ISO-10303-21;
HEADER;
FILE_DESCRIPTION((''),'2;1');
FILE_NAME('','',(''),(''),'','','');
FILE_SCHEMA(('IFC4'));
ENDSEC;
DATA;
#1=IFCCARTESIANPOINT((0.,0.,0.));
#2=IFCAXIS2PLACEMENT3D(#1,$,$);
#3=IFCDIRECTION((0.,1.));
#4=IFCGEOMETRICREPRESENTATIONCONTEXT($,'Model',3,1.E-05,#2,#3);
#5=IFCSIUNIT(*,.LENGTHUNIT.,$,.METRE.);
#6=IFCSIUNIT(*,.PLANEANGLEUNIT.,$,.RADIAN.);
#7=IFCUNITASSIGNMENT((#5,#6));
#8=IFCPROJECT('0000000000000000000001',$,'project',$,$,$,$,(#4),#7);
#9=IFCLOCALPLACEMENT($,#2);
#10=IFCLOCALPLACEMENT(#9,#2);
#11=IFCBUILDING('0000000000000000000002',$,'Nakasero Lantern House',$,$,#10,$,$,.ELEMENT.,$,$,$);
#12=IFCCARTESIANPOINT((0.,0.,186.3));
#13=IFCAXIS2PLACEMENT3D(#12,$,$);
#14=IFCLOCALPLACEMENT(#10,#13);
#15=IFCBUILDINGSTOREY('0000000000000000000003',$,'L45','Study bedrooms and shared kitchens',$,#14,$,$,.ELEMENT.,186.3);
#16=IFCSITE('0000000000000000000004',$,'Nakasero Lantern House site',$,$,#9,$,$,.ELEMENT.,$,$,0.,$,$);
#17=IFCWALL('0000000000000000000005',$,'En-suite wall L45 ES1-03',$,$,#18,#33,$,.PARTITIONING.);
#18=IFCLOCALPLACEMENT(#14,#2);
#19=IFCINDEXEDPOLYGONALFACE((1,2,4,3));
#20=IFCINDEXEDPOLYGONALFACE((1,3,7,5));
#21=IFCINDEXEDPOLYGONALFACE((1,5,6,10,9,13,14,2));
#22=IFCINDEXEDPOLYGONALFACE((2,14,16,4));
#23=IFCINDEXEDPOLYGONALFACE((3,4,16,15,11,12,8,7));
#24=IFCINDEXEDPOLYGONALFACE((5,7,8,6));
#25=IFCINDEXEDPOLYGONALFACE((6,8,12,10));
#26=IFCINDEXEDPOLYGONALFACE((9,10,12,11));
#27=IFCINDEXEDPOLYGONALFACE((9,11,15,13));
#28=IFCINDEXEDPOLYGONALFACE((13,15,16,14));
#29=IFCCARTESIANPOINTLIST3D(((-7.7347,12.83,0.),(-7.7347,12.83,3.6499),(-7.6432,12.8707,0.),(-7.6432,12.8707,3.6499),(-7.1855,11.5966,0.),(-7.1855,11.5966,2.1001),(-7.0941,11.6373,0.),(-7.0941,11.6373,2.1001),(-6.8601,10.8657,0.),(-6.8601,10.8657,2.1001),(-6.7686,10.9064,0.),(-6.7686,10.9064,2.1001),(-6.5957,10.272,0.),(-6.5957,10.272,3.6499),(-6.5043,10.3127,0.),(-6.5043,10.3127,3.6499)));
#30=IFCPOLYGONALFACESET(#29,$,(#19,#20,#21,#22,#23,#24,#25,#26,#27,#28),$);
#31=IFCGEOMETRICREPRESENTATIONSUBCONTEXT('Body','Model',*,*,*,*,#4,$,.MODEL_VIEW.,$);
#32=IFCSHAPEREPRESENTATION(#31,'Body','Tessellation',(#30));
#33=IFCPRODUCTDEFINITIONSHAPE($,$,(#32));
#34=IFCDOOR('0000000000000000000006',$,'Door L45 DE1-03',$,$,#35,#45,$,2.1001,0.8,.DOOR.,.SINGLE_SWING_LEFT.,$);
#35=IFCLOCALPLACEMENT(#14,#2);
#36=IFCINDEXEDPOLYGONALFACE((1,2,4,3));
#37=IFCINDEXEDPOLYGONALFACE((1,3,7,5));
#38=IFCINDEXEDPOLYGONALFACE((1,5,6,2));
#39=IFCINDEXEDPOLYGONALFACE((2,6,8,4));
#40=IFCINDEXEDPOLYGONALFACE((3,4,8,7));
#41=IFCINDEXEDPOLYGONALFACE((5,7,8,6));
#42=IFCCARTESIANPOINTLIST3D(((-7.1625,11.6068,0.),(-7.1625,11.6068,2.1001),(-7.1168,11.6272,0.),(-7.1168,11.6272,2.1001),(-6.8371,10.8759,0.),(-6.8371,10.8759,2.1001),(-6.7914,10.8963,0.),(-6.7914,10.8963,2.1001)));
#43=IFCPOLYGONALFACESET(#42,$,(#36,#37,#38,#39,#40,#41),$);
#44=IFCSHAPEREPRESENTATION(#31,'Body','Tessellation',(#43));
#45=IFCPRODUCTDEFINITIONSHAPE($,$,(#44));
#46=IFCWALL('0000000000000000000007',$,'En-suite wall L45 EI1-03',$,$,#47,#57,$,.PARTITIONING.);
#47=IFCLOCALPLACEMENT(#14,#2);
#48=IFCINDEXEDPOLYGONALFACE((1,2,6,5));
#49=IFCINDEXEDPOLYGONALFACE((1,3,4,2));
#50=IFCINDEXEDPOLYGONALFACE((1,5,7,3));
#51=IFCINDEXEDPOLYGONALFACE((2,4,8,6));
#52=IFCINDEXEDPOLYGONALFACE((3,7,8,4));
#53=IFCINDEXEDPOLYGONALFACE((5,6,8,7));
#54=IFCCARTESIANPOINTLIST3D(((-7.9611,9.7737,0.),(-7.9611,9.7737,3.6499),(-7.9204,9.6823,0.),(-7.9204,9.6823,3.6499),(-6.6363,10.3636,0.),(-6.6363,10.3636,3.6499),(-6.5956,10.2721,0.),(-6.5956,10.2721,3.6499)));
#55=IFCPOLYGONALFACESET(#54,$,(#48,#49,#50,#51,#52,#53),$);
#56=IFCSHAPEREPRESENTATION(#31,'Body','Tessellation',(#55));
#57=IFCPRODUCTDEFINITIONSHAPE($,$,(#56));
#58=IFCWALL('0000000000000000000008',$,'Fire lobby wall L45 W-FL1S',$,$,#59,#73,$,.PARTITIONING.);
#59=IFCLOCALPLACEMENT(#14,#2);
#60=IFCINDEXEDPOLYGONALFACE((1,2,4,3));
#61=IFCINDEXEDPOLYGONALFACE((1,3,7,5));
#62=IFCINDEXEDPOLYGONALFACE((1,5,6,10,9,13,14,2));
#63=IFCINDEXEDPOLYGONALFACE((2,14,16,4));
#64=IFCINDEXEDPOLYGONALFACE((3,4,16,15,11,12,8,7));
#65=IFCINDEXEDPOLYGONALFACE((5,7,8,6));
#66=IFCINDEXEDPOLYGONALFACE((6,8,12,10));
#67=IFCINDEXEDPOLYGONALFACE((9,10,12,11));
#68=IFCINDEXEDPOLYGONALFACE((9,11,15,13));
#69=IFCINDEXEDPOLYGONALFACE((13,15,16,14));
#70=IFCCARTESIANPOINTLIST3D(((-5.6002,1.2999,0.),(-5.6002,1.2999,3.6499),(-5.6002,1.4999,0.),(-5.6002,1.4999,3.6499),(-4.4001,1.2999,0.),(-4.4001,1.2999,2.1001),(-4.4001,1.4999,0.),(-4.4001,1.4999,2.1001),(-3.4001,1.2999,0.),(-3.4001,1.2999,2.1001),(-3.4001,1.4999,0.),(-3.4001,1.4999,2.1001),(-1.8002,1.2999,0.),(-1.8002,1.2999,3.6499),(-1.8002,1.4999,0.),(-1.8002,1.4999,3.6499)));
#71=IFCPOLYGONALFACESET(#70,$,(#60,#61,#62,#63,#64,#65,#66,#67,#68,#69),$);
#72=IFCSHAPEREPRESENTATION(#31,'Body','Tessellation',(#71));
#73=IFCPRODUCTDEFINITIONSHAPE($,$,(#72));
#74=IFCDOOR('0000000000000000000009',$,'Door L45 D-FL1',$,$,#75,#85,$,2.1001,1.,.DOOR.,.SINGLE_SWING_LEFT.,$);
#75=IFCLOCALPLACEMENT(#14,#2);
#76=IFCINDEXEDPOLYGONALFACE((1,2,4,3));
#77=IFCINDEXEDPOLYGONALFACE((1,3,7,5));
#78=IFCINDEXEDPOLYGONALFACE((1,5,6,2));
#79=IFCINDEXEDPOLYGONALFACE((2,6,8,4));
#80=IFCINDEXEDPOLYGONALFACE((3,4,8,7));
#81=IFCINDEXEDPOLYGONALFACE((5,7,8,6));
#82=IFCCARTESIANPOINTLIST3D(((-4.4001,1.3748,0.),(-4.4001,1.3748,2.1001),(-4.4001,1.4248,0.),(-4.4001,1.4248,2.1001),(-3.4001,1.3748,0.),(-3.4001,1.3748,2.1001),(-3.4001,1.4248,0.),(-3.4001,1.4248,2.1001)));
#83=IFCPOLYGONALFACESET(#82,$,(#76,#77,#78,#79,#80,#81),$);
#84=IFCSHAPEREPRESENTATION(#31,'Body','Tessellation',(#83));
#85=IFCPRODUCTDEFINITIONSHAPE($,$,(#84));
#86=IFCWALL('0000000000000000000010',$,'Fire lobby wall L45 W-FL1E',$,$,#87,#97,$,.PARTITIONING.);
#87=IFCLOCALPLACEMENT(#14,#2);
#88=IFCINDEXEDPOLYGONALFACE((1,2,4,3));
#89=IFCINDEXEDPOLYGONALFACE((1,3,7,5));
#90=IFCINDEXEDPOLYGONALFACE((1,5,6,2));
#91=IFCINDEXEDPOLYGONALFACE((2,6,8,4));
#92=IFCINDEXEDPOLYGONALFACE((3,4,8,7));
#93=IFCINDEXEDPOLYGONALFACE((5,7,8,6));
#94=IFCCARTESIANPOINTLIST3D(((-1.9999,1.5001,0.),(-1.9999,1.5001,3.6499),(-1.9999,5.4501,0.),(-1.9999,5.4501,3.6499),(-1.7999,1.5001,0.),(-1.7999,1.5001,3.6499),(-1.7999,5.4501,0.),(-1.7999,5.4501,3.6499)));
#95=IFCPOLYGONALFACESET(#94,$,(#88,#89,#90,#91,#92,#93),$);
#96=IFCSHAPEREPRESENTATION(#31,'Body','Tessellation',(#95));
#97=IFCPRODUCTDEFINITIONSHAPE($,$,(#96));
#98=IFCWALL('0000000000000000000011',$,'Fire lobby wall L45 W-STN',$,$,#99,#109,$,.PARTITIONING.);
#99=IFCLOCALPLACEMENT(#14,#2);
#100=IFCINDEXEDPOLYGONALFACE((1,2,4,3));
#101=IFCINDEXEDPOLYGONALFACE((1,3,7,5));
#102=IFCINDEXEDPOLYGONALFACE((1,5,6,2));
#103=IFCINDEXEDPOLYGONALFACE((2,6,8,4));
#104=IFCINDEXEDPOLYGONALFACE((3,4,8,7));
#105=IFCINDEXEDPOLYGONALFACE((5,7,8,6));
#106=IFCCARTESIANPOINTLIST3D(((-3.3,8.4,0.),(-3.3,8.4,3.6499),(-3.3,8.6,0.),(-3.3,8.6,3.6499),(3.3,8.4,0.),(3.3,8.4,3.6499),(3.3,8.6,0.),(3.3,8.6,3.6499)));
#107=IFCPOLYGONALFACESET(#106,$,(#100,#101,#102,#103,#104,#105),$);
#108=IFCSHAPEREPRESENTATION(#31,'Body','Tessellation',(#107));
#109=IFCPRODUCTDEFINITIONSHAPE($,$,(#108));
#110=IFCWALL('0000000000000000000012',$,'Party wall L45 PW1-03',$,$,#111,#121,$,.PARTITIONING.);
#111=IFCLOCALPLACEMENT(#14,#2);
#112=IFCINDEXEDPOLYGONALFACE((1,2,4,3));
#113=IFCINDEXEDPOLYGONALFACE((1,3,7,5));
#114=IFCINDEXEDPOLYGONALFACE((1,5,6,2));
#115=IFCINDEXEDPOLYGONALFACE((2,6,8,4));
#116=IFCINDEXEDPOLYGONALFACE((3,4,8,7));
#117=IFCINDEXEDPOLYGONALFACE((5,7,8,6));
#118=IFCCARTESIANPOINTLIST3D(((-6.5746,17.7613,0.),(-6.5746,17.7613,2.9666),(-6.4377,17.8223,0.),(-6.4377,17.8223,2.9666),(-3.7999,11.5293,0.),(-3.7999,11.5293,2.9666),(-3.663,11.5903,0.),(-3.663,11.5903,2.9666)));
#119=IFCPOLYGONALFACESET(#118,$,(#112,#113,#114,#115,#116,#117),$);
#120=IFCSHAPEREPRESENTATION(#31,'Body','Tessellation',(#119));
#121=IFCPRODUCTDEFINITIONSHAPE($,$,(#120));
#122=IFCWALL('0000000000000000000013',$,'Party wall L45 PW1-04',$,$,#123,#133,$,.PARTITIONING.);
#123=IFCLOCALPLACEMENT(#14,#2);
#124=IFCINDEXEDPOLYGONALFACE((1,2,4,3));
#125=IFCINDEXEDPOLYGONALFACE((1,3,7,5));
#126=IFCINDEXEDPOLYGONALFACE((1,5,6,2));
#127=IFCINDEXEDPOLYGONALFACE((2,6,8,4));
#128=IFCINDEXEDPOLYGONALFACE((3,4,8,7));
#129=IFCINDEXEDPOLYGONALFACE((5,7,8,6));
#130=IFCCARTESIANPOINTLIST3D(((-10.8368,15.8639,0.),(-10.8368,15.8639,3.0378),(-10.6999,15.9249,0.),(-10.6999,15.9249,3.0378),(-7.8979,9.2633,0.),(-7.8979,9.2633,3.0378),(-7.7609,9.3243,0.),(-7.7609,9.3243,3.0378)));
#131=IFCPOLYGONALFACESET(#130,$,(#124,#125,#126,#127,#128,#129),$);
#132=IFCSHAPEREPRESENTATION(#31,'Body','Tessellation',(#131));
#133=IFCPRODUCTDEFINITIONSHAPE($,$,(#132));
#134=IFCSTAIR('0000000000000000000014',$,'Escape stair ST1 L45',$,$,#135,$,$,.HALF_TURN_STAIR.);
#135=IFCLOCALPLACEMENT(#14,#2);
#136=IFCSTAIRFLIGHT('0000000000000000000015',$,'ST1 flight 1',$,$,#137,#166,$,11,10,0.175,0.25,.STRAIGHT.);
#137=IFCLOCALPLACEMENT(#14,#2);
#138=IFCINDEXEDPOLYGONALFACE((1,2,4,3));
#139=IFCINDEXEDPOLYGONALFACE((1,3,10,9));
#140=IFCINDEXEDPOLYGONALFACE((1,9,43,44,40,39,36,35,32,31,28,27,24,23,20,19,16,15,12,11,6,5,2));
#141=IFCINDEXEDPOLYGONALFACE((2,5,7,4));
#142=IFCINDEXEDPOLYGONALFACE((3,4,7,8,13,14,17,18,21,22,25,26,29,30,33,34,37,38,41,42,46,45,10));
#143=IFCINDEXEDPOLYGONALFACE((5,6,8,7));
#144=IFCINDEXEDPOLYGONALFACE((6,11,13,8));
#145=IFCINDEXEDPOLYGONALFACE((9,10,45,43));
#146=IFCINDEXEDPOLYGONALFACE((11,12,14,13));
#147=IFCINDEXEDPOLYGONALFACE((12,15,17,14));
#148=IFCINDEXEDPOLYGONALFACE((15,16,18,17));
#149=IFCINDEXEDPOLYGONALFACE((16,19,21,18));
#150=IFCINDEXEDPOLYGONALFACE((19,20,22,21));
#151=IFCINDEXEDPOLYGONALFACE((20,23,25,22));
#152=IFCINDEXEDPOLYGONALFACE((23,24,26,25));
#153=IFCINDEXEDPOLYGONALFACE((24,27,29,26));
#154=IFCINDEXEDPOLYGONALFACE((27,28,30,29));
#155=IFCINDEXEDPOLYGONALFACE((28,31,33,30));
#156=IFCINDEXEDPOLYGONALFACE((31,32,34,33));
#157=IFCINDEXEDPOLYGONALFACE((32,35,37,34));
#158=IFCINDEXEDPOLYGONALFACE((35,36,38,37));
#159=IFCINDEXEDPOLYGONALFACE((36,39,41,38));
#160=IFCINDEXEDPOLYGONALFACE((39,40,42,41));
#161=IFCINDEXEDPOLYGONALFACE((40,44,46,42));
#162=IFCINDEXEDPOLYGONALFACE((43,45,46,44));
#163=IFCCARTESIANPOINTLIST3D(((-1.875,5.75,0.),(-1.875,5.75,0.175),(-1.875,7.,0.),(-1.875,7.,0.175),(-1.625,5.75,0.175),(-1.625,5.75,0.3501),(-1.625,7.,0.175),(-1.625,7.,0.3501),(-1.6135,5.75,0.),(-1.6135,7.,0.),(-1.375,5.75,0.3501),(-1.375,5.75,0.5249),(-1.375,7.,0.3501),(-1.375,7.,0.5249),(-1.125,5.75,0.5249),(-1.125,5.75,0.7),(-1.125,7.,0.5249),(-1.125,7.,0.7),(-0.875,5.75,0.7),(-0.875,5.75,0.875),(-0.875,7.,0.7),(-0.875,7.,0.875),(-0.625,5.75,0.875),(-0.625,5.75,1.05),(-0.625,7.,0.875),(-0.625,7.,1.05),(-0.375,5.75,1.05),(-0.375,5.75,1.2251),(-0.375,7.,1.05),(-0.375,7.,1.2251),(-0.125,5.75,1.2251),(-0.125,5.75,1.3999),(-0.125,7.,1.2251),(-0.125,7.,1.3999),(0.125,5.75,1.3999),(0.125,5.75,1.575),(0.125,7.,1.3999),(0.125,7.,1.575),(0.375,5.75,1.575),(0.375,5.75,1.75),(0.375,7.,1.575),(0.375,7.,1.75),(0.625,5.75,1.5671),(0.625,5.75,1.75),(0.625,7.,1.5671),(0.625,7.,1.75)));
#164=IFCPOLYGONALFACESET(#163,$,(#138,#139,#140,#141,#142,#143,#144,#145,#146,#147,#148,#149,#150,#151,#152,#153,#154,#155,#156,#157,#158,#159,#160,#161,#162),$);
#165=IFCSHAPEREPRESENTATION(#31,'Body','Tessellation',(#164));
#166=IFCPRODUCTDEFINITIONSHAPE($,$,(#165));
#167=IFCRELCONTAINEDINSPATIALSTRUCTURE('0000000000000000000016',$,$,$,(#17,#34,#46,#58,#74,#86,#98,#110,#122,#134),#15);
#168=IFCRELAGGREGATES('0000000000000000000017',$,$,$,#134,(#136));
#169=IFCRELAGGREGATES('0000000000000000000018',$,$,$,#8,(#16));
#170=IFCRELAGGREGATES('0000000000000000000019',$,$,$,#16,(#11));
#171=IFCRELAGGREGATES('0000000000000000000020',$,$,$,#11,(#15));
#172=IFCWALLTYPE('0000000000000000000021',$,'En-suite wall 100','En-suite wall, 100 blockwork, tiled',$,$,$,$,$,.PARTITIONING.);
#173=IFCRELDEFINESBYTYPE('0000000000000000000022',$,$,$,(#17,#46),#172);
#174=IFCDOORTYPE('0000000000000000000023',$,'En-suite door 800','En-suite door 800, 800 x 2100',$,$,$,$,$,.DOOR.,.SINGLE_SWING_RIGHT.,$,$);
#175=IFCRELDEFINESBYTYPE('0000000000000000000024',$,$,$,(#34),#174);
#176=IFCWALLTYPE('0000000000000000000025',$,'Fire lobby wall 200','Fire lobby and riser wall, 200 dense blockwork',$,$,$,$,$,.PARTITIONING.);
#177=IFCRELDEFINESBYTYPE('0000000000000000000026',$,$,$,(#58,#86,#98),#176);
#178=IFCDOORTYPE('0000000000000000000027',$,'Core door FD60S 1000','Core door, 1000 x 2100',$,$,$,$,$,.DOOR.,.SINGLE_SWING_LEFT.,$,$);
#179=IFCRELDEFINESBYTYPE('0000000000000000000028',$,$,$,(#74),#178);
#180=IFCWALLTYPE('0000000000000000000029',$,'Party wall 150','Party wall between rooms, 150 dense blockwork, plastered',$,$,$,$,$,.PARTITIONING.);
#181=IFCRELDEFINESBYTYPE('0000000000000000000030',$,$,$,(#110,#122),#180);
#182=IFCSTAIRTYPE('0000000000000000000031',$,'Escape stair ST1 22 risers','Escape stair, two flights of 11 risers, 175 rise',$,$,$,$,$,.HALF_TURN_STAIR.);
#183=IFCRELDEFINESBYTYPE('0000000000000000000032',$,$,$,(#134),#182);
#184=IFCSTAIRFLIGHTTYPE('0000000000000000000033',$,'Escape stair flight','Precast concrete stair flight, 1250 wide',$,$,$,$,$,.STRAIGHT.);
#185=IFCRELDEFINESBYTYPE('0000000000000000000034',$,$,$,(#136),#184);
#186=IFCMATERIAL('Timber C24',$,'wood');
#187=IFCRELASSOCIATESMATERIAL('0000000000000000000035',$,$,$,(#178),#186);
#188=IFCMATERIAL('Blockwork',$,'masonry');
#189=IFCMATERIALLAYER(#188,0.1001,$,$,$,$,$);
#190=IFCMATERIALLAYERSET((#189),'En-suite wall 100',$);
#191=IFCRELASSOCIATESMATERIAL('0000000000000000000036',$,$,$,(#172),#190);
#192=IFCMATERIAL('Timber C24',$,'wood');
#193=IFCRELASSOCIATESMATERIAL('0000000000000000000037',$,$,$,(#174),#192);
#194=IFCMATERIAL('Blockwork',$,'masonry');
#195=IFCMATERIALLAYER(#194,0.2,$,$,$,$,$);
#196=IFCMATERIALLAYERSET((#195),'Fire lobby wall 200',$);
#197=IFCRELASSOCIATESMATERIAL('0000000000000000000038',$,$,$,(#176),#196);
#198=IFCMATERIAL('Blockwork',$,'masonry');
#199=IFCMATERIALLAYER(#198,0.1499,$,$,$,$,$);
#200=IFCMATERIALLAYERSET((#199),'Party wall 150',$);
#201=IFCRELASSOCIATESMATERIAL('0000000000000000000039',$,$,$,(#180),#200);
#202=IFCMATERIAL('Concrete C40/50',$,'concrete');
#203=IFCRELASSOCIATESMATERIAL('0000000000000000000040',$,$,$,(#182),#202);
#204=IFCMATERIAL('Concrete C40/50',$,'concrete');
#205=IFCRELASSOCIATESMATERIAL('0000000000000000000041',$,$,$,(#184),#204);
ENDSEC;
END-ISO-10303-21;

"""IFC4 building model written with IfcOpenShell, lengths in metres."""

from ifc_helpers import new_model, si_unit, direction, frame, frame_2d, origin, place, context, subcontext, project, spatial, polyline, rectangle, outline, extrude, material, layer, layer_set, type_object, element, fill, aggregate, save


model = new_model("IFC4")

# Units and contexts
model_context = context("Model", 3, precision=1e-05, world=origin(), true_north=direction((0.0, 1.0)))
body_context = subcontext(model_context, "Body", "Model", "MODEL_VIEW")
ifc_project = project(units=[si_unit("LENGTHUNIT", "METRE"), si_unit("PLANEANGLEUNIT", "RADIAN")], contexts=[model_context])

# Site, building, storey
site_placement = place(None, origin())
site = spatial("IfcSite", under=ifc_project, at=site_placement, Name="Nakasero Lantern House site", CompositionType="ELEMENT", RefElevation=0.0)
building_placement = place(site_placement, origin())
building = spatial("IfcBuilding", under=site, at=building_placement, Name="Nakasero Lantern House", CompositionType="ELEMENT")
storey_placement = place(building_placement, frame((0.0, 0.0, 186.3)))
storey = spatial("IfcBuildingStorey", under=building, at=storey_placement, Name="L45", Description="Study bedrooms and shared kitchens", CompositionType="ELEMENT", Elevation=186.3)

# Shared definitions
ifc_material_1 = material(Name="Timber C24", Category="wood")
door_type_1 = type_object("IfcDoorType", Name="Core door FD60S 1000", Description="Core door, 1000 x 2100", OperationType="SINGLE_SWING_LEFT", PredefinedType="DOOR", material=ifc_material_1)

# Wall, opening, door
ifc_material_2 = material(Name="Blockwork", Category="masonry")
ifc_layer_1 = layer(ifc_material_2, 0.1001)
ifc_layer_set_1 = layer_set([ifc_layer_1], Name="En-suite wall 100")
wall_type_1 = type_object("IfcWallType", Name="En-suite wall 100", Description="En-suite wall, 100 blockwork, tiled", PredefinedType="PARTITIONING", material=ifc_layer_set_1)
wall_1_placement = place(storey_placement, frame((-6.55, 10.2925, 0.0), z_axis=(0.0, 0.0, 1.0), x_axis=(-0.406761, 0.913534, 0.0)))
wall_1 = element("IfcWall", 1, at=wall_1_placement, inside=storey, type_object=wall_type_1, Name="En-suite wall L45 ES1-03", PredefinedType="PARTITIONING", context=body_context, shape_type="SweptSolid", body=[
    extrude(rectangle(XDim=2.8, YDim=0.1001, at=frame_2d((1.3999, 0.0))), origin(), (0.0, 0.0, 1.0), 3.6499),
])
opening_1_placement = place(wall_1_placement, frame((0.6499, 0.0, 0.0)))
opening_1 = element("IfcOpeningElement", 2, at=opening_1_placement, cuts=wall_1, PredefinedType="OPENING", context=body_context, shape_type="SweptSolid", body=[
    extrude(rectangle(XDim=0.8, YDim=2.1001, at=frame_2d((0.3999, 1.05))), frame((0.0, 0.0701, 0.0), z_axis=(0.0, -1.0, 0.0), x_axis=(1.0, 0.0, 0.0)), (0.0, 0.0, 1.0), 0.1401),
])
ifc_material_3 = material(Name="Timber C24", Category="wood")
door_type_2 = type_object("IfcDoorType", Name="En-suite door 800", Description="En-suite door 800, 800 x 2100", OperationType="SINGLE_SWING_RIGHT", PredefinedType="DOOR", material=ifc_material_3)
door_1_placement = place(opening_1_placement, origin())
door_1 = element("IfcDoor", 3, at=door_1_placement, inside=storey, type_object=door_type_2, Name="Door L45 DE1-03", OperationType="SINGLE_SWING_LEFT", OverallHeight=2.1001, OverallWidth=0.8, PredefinedType="DOOR", context=body_context, shape_type="SweptSolid", body=[
    extrude(rectangle(XDim=0.8, YDim=2.1001, at=frame_2d((0.3999, 1.05))), frame((0.0, 0.0249, 0.0), z_axis=(0.0, -1.0, 0.0), x_axis=(1.0, 0.0, 0.0)), (0.0, 0.0, 1.0), 0.05),
])
fill(opening_1, door_1)

# Wall
wall_2_placement = place(storey_placement, frame((-6.616, 10.3179, 0.0), z_axis=(0.0, 0.0, 1.0), x_axis=(-0.913534, -0.406763, 0.0)))
element("IfcWall", 4, at=wall_2_placement, inside=storey, type_object=wall_type_1, Name="En-suite wall L45 EI1-03", PredefinedType="PARTITIONING", context=body_context, shape_type="SweptSolid", body=[
    extrude(rectangle(XDim=1.4502, YDim=0.1001, at=frame_2d((0.7251, 0.0))), origin(), (0.0, 0.0, 1.0), 3.6499),
])

# Wall, opening, door
ifc_material_4 = material(Name="Blockwork", Category="masonry")
ifc_layer_2 = layer(ifc_material_4, 0.2)
ifc_layer_set_2 = layer_set([ifc_layer_2], Name="Fire lobby wall 200")
wall_type_2 = type_object("IfcWallType", Name="Fire lobby wall 200", Description="Fire lobby and riser wall, 200 dense blockwork", PredefinedType="PARTITIONING", material=ifc_layer_set_2)
wall_3_placement = place(storey_placement, frame((-5.6001, 1.3999, 0.0), z_axis=(0.0, 0.0, 1.0), x_axis=(1.0, 0.0, 0.0)))
wall_3 = element("IfcWall", 5, at=wall_3_placement, inside=storey, type_object=wall_type_2, Name="Fire lobby wall L45 W-FL1S", PredefinedType="PARTITIONING", context=body_context, shape_type="SweptSolid", body=[
    extrude(rectangle(XDim=3.8, YDim=0.2, at=frame_2d((1.8999, 0.0))), origin(), (0.0, 0.0, 1.0), 3.6499),
])
opening_2_placement = place(wall_3_placement, frame((1.2, 0.0, 0.0)))
opening_2 = element("IfcOpeningElement", 6, at=opening_2_placement, cuts=wall_3, PredefinedType="OPENING", context=body_context, shape_type="SweptSolid", body=[
    extrude(rectangle(XDim=1.0, YDim=2.1001, at=frame_2d((0.5, 1.05))), frame((0.0, 0.1199, 0.0), z_axis=(0.0, -1.0, 0.0), x_axis=(1.0, 0.0, 0.0)), (0.0, 0.0, 1.0), 0.24),
])
door_2_placement = place(opening_2_placement, origin())
door_2 = element("IfcDoor", 7, at=door_2_placement, inside=storey, type_object=door_type_1, Name="Door L45 D-FL1", OperationType="SINGLE_SWING_LEFT", OverallHeight=2.1001, OverallWidth=1.0, PredefinedType="DOOR", context=body_context, shape_type="SweptSolid", body=[
    extrude(rectangle(XDim=1.0, YDim=2.1001, at=frame_2d((0.5, 1.05))), frame((0.0, 0.0249, 0.0), z_axis=(0.0, -1.0, 0.0), x_axis=(1.0, 0.0, 0.0)), (0.0, 0.0, 1.0), 0.05),
])
fill(opening_2, door_2)

# Walls
wall_4_placement = place(storey_placement, frame((-1.8999, 1.5, 0.0), z_axis=(0.0, 0.0, 1.0), x_axis=(0.0, 1.0, 0.0)))
element("IfcWall", 8, at=wall_4_placement, inside=storey, type_object=wall_type_2, Name="Fire lobby wall L45 W-FL1E", PredefinedType="PARTITIONING", context=body_context, shape_type="SweptSolid", body=[
    extrude(rectangle(XDim=3.95, YDim=0.2, at=frame_2d((1.9751, 0.0))), origin(), (0.0, 0.0, 1.0), 3.6499),
])
wall_5_placement = place(storey_placement, frame((-3.3, 8.5, 0.0), z_axis=(0.0, 0.0, 1.0), x_axis=(1.0, 0.0, 0.0)))
element("IfcWall", 9, at=wall_5_placement, inside=storey, type_object=wall_type_2, Name="Fire lobby wall L45 W-STN", PredefinedType="PARTITIONING", context=body_context, shape_type="SweptSolid", body=[
    extrude(rectangle(XDim=6.6001, YDim=0.2, at=frame_2d((3.3, 0.0))), origin(), (0.0, 0.0, 1.0), 3.6499),
])
ifc_material_5 = material(Name="Blockwork", Category="masonry")
ifc_layer_3 = layer(ifc_material_5, 0.1499)
ifc_layer_set_3 = layer_set([ifc_layer_3], Name="Party wall 150")
wall_type_3 = type_object("IfcWallType", Name="Party wall 150", Description="Party wall between rooms, 150 dense blockwork, plastered", PredefinedType="PARTITIONING", material=ifc_layer_set_3)
wall_6_placement = place(storey_placement, frame((-3.7314, 11.5598, 0.0), z_axis=(0.0, 0.0, 1.0), x_axis=(-0.406739, 0.913544, 0.0)))
element("IfcWall", 10, at=wall_6_placement, inside=storey, type_object=wall_type_3, Name="Party wall L45 PW1-03", PredefinedType="PARTITIONING", context=body_context, shape_type="SweptSolid", body=[
    extrude(rectangle(XDim=6.8218, YDim=0.1499, at=frame_2d((3.4109, 0.0))), origin(), (0.0, 0.0, 1.0), 2.9666),
])
wall_7_placement = place(storey_placement, frame((-7.8293, 9.2937, 0.0), z_axis=(0.0, 0.0, 1.0), x_axis=(-0.406759, 0.913535, 0.0)))
element("IfcWall", 11, at=wall_7_placement, inside=storey, type_object=wall_type_3, Name="Party wall L45 PW1-04", PredefinedType="PARTITIONING", context=body_context, shape_type="SweptSolid", body=[
    extrude(rectangle(XDim=7.2253, YDim=0.1499, at=frame_2d((3.6128, 0.0))), origin(), (0.0, 0.0, 1.0), 3.0378),
])

# Stair, stair flight
ifc_material_6 = material(Name="Concrete C40/50", Category="concrete")
stair_type = type_object("IfcStairType", Name="Escape stair ST1 22 risers", Description="Escape stair, two flights of 11 risers, 175 rise", PredefinedType="HALF_TURN_STAIR", material=ifc_material_6)
stair_placement = place(storey_placement, origin())
stair = element("IfcStair", 12, at=stair_placement, inside=storey, type_object=stair_type, Name="Escape stair ST1 L45", PredefinedType="HALF_TURN_STAIR")
ifc_material_7 = material(Name="Concrete C40/50", Category="concrete")
stair_flight_type = type_object("IfcStairFlightType", Name="Escape stair flight", Description="Precast concrete stair flight, 1250 wide", PredefinedType="STRAIGHT", material=ifc_material_7)
stair_flight_placement = place(storey_placement, frame((-1.875, 6.375, 0.0), z_axis=(0.0, 0.0, 1.0), x_axis=(1.0, 0.0, 0.0)))
stair_flight = element("IfcStairFlight", 13, at=stair_flight_placement, type_object=stair_flight_type, Name="ST1 flight 1", NumberOfRisers=11, NumberOfTreads=10, PredefinedType="STRAIGHT", RiserHeight=0.175, TreadLength=0.25, context=body_context, shape_type="SweptSolid", body=[
    extrude(outline(polyline([(0.0, 0.0), (0.0, 0.175), (0.25, 0.175), (0.25, 0.3501), (0.5, 0.3501), (0.5, 0.5249), (0.75, 0.5249), (0.75, 0.7), (1.0, 0.7), (1.0, 0.875), (1.25, 0.875), (1.25, 1.05), (1.5, 1.05), (1.5, 1.2251), (1.75, 1.2251), (1.75, 1.3999), (2.0, 1.3999), (2.0, 1.575), (2.25, 1.575), (2.25, 1.75), (2.5, 1.75), (2.5, 1.925), (2.5, 1.5671), (0.2615, 0.0), (0.0, 0.0)])), frame((0.0, 0.625, 0.0), z_axis=(0.0, -1.0, 0.0), x_axis=(1.0, 0.0, 0.0)), (0.0, 0.0, 1.0), 1.25),
])
aggregate(stair, [stair_flight])

save(model, "model.ifc")
